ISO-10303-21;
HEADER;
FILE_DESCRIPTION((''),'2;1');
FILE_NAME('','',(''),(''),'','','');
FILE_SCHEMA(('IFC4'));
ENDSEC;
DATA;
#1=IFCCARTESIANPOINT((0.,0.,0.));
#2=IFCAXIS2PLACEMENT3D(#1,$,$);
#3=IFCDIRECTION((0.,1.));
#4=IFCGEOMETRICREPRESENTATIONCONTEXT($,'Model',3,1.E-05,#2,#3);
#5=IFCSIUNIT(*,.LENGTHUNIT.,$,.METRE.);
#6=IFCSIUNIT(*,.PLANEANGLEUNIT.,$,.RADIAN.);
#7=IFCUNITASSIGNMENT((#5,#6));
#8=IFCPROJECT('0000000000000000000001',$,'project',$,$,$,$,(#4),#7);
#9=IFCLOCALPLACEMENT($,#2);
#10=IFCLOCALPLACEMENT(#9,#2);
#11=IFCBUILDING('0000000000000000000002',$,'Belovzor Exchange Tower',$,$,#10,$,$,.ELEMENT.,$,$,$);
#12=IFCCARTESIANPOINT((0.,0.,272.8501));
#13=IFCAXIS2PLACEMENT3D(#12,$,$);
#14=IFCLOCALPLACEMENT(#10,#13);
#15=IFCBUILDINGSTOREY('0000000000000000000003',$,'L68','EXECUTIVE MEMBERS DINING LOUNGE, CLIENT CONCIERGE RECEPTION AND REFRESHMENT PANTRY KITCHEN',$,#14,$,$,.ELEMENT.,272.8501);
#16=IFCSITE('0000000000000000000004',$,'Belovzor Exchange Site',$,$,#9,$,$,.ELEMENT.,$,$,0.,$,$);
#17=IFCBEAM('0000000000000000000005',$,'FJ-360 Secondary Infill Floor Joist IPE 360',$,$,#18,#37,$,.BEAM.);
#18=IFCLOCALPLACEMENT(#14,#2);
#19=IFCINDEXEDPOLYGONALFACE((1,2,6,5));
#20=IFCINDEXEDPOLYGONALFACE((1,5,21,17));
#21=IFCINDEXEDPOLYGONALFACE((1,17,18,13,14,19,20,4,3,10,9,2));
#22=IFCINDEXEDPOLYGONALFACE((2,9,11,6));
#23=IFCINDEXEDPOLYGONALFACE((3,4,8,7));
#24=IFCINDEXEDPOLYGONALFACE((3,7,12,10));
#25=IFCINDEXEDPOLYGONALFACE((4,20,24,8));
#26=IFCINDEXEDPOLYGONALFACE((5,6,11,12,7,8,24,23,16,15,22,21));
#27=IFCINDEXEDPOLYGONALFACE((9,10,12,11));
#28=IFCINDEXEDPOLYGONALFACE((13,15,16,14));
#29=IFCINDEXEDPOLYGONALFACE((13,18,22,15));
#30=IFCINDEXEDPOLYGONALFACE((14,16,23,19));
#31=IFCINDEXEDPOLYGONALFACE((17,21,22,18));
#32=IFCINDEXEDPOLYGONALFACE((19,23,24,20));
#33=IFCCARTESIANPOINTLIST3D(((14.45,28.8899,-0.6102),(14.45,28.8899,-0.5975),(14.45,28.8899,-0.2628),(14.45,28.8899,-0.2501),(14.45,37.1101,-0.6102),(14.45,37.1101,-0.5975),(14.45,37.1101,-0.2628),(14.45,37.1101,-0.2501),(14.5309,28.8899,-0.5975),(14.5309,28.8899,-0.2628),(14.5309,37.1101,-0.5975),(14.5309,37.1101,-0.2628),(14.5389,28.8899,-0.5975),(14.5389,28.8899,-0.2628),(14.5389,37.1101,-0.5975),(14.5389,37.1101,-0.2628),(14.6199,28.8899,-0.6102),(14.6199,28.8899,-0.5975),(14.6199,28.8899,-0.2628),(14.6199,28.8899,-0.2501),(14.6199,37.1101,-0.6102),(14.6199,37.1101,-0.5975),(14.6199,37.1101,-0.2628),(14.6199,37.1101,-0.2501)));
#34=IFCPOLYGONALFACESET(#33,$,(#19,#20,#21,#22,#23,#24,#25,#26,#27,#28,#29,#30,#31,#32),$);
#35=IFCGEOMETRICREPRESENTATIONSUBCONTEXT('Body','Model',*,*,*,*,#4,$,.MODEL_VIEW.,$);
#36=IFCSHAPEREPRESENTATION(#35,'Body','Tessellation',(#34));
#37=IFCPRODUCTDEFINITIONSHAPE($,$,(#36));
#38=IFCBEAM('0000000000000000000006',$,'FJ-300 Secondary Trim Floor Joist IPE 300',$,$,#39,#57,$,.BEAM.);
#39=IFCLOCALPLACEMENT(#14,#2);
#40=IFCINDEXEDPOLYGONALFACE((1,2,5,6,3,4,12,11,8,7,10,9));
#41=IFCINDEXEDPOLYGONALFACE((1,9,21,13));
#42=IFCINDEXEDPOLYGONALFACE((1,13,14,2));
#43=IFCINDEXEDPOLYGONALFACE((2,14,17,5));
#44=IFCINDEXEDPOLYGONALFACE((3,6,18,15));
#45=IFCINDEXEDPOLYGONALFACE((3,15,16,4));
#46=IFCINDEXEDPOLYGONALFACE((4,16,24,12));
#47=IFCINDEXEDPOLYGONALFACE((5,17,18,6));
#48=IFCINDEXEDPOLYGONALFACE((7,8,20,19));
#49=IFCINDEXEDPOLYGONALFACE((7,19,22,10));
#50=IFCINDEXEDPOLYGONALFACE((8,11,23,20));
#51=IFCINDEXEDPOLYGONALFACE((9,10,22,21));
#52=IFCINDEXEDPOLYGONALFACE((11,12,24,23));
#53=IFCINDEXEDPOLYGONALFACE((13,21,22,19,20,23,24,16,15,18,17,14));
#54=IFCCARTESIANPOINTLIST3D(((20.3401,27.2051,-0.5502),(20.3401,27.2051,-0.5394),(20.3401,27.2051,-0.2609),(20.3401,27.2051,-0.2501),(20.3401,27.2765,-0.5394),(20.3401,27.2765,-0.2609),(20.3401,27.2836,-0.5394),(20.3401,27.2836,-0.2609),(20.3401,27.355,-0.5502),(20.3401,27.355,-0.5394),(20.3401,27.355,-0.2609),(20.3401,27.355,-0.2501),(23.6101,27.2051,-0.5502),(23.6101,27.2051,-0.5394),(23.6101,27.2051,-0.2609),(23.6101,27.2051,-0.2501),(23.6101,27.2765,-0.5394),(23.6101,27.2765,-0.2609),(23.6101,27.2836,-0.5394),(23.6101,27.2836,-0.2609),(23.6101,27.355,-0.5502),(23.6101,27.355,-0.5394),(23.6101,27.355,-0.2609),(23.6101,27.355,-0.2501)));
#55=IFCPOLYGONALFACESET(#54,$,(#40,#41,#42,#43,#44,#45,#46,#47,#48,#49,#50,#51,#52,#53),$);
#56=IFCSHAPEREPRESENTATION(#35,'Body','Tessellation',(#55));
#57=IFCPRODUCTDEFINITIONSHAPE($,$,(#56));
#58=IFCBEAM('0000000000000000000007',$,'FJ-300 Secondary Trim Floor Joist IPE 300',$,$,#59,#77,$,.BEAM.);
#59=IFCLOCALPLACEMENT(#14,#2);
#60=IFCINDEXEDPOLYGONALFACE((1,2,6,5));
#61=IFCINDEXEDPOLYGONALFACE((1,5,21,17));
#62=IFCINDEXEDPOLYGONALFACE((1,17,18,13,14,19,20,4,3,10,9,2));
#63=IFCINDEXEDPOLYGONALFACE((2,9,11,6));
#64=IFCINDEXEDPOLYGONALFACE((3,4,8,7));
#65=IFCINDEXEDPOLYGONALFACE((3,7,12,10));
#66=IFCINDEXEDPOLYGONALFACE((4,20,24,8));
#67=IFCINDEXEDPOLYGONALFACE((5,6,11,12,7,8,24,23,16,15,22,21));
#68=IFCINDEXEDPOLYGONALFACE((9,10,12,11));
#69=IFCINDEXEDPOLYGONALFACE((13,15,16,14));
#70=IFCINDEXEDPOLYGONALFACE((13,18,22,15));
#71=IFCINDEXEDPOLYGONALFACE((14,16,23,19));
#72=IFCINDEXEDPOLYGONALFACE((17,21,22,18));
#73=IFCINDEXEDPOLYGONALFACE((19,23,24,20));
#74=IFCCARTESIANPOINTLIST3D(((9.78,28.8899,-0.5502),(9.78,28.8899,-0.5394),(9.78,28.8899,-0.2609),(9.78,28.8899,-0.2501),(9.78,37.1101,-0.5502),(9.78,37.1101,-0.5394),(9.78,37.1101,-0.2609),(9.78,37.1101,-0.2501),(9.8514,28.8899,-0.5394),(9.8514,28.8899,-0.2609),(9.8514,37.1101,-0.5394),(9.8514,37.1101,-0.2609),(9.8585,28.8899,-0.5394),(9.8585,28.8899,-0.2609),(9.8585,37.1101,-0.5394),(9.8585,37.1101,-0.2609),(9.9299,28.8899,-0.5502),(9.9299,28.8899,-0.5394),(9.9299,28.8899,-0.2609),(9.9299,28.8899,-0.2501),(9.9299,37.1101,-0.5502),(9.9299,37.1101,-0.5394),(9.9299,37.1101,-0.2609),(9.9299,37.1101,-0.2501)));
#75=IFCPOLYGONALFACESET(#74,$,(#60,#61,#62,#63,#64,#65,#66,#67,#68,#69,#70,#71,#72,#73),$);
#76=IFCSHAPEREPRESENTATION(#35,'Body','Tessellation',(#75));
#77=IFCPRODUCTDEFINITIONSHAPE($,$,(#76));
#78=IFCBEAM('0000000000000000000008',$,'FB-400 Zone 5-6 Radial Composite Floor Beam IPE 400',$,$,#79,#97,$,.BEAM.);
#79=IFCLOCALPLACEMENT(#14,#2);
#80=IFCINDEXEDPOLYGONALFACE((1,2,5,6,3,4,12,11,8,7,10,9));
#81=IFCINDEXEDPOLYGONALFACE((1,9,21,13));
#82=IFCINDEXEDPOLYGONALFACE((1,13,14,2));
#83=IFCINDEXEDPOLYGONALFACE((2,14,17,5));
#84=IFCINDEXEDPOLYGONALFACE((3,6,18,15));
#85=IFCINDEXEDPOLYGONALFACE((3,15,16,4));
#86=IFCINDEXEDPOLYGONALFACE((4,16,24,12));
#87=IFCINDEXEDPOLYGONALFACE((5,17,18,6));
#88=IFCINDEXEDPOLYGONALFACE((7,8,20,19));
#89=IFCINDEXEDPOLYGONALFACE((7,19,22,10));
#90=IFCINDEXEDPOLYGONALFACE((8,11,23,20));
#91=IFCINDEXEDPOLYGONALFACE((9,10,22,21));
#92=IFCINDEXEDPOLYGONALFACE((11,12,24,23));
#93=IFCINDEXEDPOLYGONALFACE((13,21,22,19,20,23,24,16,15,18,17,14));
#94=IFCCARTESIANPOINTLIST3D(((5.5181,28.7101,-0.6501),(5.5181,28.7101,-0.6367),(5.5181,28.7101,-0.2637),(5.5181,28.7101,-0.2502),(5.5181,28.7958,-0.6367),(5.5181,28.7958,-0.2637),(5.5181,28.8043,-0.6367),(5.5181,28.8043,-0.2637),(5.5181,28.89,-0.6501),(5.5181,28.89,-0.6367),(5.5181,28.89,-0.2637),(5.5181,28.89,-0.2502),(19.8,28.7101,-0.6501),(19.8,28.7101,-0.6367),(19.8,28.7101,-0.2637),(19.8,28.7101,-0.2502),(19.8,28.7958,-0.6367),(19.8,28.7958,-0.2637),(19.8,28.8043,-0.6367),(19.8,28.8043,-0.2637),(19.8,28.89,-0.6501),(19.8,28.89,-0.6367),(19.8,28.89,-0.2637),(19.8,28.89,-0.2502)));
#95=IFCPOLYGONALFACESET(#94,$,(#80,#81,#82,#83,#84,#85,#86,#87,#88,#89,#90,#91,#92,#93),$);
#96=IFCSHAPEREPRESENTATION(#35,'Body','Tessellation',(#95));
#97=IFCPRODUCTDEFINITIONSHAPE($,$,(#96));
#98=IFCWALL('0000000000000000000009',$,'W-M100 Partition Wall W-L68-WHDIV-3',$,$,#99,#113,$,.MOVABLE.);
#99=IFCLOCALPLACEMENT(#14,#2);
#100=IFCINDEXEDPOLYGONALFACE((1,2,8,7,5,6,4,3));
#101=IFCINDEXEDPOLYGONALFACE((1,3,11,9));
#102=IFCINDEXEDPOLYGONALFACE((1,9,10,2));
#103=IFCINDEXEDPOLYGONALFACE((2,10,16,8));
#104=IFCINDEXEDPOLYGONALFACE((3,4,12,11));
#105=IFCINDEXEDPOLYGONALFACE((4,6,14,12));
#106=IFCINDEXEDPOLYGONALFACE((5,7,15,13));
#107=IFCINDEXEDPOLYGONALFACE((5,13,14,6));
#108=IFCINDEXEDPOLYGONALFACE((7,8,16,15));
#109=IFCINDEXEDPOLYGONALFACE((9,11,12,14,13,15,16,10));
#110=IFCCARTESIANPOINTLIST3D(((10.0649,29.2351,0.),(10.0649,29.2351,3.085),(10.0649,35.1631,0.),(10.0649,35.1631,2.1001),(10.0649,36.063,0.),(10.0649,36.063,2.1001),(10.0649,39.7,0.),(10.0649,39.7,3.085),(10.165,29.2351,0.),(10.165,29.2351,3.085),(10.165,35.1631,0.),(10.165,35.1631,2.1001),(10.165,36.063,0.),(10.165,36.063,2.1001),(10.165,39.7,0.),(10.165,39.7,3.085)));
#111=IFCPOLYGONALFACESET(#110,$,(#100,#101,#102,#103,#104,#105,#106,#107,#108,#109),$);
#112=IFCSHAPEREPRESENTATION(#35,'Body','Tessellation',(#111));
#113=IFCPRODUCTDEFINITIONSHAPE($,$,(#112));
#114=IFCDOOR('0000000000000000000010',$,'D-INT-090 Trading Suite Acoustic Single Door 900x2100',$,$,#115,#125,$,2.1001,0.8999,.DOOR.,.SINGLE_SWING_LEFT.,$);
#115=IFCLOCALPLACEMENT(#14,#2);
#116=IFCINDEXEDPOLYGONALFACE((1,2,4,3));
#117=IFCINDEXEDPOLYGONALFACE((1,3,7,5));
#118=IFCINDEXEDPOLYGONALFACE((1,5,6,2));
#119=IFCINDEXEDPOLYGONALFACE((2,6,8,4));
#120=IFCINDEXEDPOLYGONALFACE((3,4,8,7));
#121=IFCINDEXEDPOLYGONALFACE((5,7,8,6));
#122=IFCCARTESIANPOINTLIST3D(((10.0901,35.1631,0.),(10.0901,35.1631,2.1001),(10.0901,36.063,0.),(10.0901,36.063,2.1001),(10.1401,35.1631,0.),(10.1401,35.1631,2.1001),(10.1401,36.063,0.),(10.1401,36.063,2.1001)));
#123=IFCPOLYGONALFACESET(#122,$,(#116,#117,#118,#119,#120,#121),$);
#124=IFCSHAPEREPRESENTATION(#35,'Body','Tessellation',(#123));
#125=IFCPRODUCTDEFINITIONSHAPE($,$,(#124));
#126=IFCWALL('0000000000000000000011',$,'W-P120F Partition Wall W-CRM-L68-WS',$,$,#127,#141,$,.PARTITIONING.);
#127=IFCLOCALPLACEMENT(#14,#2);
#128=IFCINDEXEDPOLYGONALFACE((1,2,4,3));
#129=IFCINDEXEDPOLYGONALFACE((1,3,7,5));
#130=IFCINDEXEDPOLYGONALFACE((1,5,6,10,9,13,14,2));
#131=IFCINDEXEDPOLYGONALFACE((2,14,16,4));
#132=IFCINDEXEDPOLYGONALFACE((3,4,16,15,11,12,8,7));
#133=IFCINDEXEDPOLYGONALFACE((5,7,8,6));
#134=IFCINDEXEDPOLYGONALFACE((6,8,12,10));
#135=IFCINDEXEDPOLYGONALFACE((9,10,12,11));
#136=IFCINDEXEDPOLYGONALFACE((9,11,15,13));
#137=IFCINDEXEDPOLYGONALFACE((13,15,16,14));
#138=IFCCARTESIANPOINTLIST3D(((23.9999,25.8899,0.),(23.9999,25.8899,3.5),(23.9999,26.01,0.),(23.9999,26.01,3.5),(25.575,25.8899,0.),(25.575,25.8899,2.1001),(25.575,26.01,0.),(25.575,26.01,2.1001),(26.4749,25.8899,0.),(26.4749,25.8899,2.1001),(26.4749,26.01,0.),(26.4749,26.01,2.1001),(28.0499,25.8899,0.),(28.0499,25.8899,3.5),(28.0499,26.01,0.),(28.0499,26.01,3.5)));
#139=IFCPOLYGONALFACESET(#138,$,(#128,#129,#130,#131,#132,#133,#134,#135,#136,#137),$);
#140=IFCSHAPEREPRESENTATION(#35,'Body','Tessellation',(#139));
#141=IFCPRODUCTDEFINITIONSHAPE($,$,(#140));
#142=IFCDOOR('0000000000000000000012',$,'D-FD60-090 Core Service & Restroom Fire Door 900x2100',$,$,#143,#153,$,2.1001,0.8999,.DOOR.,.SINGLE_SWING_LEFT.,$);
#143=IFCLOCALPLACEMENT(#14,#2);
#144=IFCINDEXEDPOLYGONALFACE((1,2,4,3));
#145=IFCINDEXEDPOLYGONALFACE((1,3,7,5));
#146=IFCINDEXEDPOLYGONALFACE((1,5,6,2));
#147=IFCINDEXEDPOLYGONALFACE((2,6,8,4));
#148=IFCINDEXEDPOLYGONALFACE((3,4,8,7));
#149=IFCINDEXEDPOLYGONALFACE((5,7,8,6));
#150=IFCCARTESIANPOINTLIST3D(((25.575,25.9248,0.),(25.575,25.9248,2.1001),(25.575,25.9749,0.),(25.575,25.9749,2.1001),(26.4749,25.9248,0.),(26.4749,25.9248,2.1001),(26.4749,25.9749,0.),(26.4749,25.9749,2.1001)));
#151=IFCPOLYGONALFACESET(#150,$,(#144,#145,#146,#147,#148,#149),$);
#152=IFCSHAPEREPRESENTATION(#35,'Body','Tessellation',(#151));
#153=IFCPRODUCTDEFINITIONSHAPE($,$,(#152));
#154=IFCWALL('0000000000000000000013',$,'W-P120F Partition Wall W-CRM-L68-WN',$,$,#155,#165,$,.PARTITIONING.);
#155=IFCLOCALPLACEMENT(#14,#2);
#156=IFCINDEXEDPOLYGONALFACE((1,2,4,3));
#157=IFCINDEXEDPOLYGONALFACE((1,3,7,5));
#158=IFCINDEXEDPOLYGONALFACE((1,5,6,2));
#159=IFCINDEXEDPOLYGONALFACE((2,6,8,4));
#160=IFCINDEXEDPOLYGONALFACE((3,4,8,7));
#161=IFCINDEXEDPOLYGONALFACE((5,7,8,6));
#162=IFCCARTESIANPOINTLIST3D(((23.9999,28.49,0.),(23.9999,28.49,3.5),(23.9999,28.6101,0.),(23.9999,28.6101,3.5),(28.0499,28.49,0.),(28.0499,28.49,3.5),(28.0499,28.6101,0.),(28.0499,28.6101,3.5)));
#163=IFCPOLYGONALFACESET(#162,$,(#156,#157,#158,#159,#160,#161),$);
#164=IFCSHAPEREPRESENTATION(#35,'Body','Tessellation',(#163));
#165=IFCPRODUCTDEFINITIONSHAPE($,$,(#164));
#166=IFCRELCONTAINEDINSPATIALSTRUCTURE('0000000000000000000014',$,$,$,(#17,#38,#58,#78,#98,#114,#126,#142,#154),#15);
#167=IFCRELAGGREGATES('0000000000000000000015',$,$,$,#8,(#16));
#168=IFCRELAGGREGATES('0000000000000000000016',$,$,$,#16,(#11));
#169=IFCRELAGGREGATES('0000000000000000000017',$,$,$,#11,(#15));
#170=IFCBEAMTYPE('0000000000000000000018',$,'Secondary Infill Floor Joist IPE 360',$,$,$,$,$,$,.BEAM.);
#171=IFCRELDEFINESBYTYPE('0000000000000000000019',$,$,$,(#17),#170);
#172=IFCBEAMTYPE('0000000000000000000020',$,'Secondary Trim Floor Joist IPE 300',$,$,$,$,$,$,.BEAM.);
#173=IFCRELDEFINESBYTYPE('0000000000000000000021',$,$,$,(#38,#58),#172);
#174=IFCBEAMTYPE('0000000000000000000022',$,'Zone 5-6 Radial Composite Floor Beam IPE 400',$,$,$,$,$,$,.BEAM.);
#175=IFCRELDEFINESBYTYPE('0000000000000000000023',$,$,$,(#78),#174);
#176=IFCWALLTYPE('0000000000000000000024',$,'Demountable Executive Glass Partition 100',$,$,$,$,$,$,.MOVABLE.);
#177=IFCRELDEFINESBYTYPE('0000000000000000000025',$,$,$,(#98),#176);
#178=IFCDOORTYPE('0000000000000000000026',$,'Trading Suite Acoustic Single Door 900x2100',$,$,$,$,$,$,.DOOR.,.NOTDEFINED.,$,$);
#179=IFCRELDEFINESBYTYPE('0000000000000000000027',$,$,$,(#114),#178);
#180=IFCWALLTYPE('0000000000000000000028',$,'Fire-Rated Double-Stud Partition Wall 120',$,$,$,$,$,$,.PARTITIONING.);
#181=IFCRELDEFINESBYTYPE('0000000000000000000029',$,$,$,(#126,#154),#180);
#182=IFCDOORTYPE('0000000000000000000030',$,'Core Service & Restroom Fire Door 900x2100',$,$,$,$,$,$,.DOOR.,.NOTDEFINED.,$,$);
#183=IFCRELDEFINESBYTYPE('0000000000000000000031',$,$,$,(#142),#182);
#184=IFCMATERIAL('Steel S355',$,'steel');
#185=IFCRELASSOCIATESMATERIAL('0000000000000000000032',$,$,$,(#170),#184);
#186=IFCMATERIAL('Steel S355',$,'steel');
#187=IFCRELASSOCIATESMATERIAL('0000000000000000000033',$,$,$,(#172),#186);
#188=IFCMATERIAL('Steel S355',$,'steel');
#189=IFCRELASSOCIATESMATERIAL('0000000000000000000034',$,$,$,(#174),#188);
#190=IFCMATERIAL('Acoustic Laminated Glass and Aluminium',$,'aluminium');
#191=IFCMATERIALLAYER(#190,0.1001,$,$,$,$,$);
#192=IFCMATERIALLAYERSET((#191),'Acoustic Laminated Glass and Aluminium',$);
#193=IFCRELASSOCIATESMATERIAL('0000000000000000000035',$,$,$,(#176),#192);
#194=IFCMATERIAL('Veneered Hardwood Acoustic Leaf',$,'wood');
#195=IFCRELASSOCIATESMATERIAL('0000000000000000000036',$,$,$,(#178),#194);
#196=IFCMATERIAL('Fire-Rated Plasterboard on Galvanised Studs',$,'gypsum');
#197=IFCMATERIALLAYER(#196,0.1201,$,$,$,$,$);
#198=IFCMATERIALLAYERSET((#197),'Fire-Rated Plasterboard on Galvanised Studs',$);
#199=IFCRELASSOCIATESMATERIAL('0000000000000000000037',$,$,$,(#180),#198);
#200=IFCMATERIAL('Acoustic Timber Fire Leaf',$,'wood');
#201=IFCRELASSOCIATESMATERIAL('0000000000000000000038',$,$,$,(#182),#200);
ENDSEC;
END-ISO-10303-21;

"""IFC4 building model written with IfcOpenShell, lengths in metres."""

from ifc_helpers import new_model, si_unit, direction, frame, frame_2d, origin, origin_2d, place, context, subcontext, project, spatial, rectangle, i_section, extrude, material, layer, layer_set, material_profile, profile_set, type_object, element, fill, save


model = new_model("IFC4")

# Units and contexts
model_context = context("Model", 3, precision=1e-05, world=origin(), true_north=direction((0.0, 1.0)))
body_context = subcontext(model_context, "Body", "Model", "MODEL_VIEW")
ifc_project = project(units=[si_unit("LENGTHUNIT", "METRE"), si_unit("PLANEANGLEUNIT", "RADIAN")], contexts=[model_context])

# Site, building, storey
site_placement = place(None, origin())
site = spatial("IfcSite", under=ifc_project, at=site_placement, Name="Belovzor Exchange Site", CompositionType="ELEMENT", RefElevation=0.0)
building_placement = place(site_placement, origin())
building = spatial("IfcBuilding", under=site, at=building_placement, Name="Belovzor Exchange Tower", CompositionType="ELEMENT")
storey_placement = place(building_placement, frame((0.0, 0.0, 272.8501)))
storey = spatial("IfcBuildingStorey", under=building, at=storey_placement, Name="L68", Description="EXECUTIVE MEMBERS DINING LOUNGE, CLIENT CONCIERGE RECEPTION AND REFRESHMENT PANTRY KITCHEN", CompositionType="ELEMENT", Elevation=272.8501)

# Beams
ifc_material_1 = material(Name="Steel S355", Category="steel")
ifc_material_profile_1 = material_profile(ifc_material_1, i_section(OverallWidth=0.1699, OverallDepth=0.3601, WebThickness=0.0081, FlangeThickness=0.0127, at=origin_2d()))
ifc_profile_set_1 = profile_set([ifc_material_profile_1], Name="Steel S355")
beam_type_1 = type_object("IfcBeamType", Name="Secondary Infill Floor Joist IPE 360", PredefinedType="BEAM", material=ifc_profile_set_1)
beam_1_placement = place(storey_placement, frame((14.5349, 28.8899, -0.4302), z_axis=(0.0, 1.0, 0.0), x_axis=(-1.0, 0.0, 0.0)))
element("IfcBeam", 1, at=beam_1_placement, inside=storey, type_object=beam_type_1, Name="FJ-360 Secondary Infill Floor Joist IPE 360", PredefinedType="BEAM", context=body_context, shape_type="SweptSolid", body=[
    extrude(i_section(OverallWidth=0.1699, OverallDepth=0.3601, WebThickness=0.0081, FlangeThickness=0.0127, at=origin_2d()), origin(), (0.0, 0.0, 1.0), 8.2202),
])
ifc_material_2 = material(Name="Steel S355", Category="steel")
ifc_material_profile_2 = material_profile(ifc_material_2, i_section(OverallWidth=0.1499, OverallDepth=0.3, WebThickness=0.0071, FlangeThickness=0.0107, at=origin_2d()))
ifc_profile_set_2 = profile_set([ifc_material_profile_2], Name="Steel S355")
beam_type_2 = type_object("IfcBeamType", Name="Secondary Trim Floor Joist IPE 300", PredefinedType="BEAM", material=ifc_profile_set_2)
beam_2_placement = place(storey_placement, frame((20.3401, 27.28, -0.4001), z_axis=(1.0, 0.0, 0.0), x_axis=(0.0, 1.0, 0.0)))
element("IfcBeam", 2, at=beam_2_placement, inside=storey, type_object=beam_type_2, Name="FJ-300 Secondary Trim Floor Joist IPE 300", PredefinedType="BEAM", context=body_context, shape_type="SweptSolid", body=[
    extrude(i_section(OverallWidth=0.1499, OverallDepth=0.3, WebThickness=0.0071, FlangeThickness=0.0107, at=origin_2d()), origin(), (0.0, 0.0, 1.0), 3.27),
])
beam_3_placement = place(storey_placement, frame((9.855, 28.8899, -0.4001), z_axis=(0.0, 1.0, 0.0), x_axis=(-1.0, 0.0, 0.0)))
element("IfcBeam", 3, at=beam_3_placement, inside=storey, type_object=beam_type_2, Name="FJ-300 Secondary Trim Floor Joist IPE 300", PredefinedType="BEAM", context=body_context, shape_type="SweptSolid", body=[
    extrude(i_section(OverallWidth=0.1499, OverallDepth=0.3, WebThickness=0.0071, FlangeThickness=0.0107, at=origin_2d()), origin(), (0.0, 0.0, 1.0), 8.2202),
])
ifc_material_3 = material(Name="Steel S355", Category="steel")
ifc_material_profile_3 = material_profile(ifc_material_3, i_section(OverallWidth=0.1799, OverallDepth=0.3999, WebThickness=0.0085, FlangeThickness=0.0134, at=origin_2d()))
ifc_profile_set_3 = profile_set([ifc_material_profile_3], Name="Steel S355")
beam_type_3 = type_object("IfcBeamType", Name="Zone 5-6 Radial Composite Floor Beam IPE 400", PredefinedType="BEAM", material=ifc_profile_set_3)
beam_4_placement = place(storey_placement, frame((19.8, 28.8, -0.4502), z_axis=(-1.0, 0.0, 0.0), x_axis=(0.0, -1.0, 0.0)))
element("IfcBeam", 4, at=beam_4_placement, inside=storey, type_object=beam_type_3, Name="FB-400 Zone 5-6 Radial Composite Floor Beam IPE 400", PredefinedType="BEAM", context=body_context, shape_type="SweptSolid", body=[
    extrude(i_section(OverallWidth=0.1799, OverallDepth=0.3999, WebThickness=0.0085, FlangeThickness=0.0134, at=origin_2d()), origin(), (0.0, 0.0, 1.0), 14.282),
])

# Walls, openings, doors
ifc_material_4 = material(Name="Acoustic Laminated Glass and Aluminium", Category="aluminium")
ifc_layer_1 = layer(ifc_material_4, 0.1001)
ifc_layer_set_1 = layer_set([ifc_layer_1], Name="Acoustic Laminated Glass and Aluminium")
wall_type_1 = type_object("IfcWallType", Name="Demountable Executive Glass Partition 100", PredefinedType="MOVABLE", material=ifc_layer_set_1)
wall_1_placement = place(storey_placement, frame((10.115, 29.2351, 0.0), z_axis=(0.0, 0.0, 1.0), x_axis=(0.0, 1.0, 0.0)))
wall_1 = element("IfcWall", 5, at=wall_1_placement, inside=storey, type_object=wall_type_1, Name="W-M100 Partition Wall W-L68-WHDIV-3", PredefinedType="MOVABLE", context=body_context, shape_type="SweptSolid", body=[
    extrude(rectangle(XDim=10.4648, YDim=0.1001, at=frame_2d((5.2324, 0.0))), origin(), (0.0, 0.0, 1.0), 3.085),
])
opening_1_placement = place(wall_1_placement, frame((5.928, 0.0, 0.0)))
opening_1 = element("IfcOpeningElement", 6, at=opening_1_placement, cuts=wall_1, PredefinedType="OPENING", context=body_context, shape_type="SweptSolid", body=[
    extrude(rectangle(XDim=0.8999, YDim=2.1001, at=frame_2d((0.45, 1.05))), frame((0.0, 0.0601, 0.0), z_axis=(0.0, -1.0, 0.0), x_axis=(1.0, 0.0, 0.0)), (0.0, 0.0, 1.0), 0.1201),
])
ifc_material_5 = material(Name="Veneered Hardwood Acoustic Leaf", Category="wood")
door_type_1 = type_object("IfcDoorType", Name="Trading Suite Acoustic Single Door 900x2100", OperationType="NOTDEFINED", PredefinedType="DOOR", material=ifc_material_5)
door_1_placement = place(opening_1_placement, origin())
door_1 = element("IfcDoor", 7, at=door_1_placement, inside=storey, type_object=door_type_1, Name="D-INT-090 Trading Suite Acoustic Single Door 900x2100", OperationType="SINGLE_SWING_LEFT", OverallHeight=2.1001, OverallWidth=0.8999, PredefinedType="DOOR", context=body_context, shape_type="SweptSolid", body=[
    extrude(rectangle(XDim=0.8999, YDim=2.1001, at=frame_2d((0.45, 1.05))), frame((0.0, 0.0249, 0.0), z_axis=(0.0, -1.0, 0.0), x_axis=(1.0, 0.0, 0.0)), (0.0, 0.0, 1.0), 0.05),
])
fill(opening_1, door_1)
ifc_material_6 = material(Name="Fire-Rated Plasterboard on Galvanised Studs", Category="gypsum")
ifc_layer_2 = layer(ifc_material_6, 0.1201)
ifc_layer_set_2 = layer_set([ifc_layer_2], Name="Fire-Rated Plasterboard on Galvanised Studs")
wall_type_2 = type_object("IfcWallType", Name="Fire-Rated Double-Stud Partition Wall 120", PredefinedType="PARTITIONING", material=ifc_layer_set_2)
wall_2_placement = place(storey_placement, frame((24.0, 25.95, 0.0), z_axis=(0.0, 0.0, 1.0), x_axis=(1.0, 0.0, 0.0)))
wall_2 = element("IfcWall", 8, at=wall_2_placement, inside=storey, type_object=wall_type_2, Name="W-P120F Partition Wall W-CRM-L68-WS", PredefinedType="PARTITIONING", context=body_context, shape_type="SweptSolid", body=[
    extrude(rectangle(XDim=4.05, YDim=0.1201, at=frame_2d((2.0249, 0.0))), origin(), (0.0, 0.0, 1.0), 3.5),
])
opening_2_placement = place(wall_2_placement, frame((1.575, 0.0, 0.0)))
opening_2 = element("IfcOpeningElement", 9, at=opening_2_placement, cuts=wall_2, PredefinedType="OPENING", context=body_context, shape_type="SweptSolid", body=[
    extrude(rectangle(XDim=0.8999, YDim=2.1001, at=frame_2d((0.45, 1.05))), frame((0.0, 0.0701, 0.0), z_axis=(0.0, -1.0, 0.0), x_axis=(1.0, 0.0, 0.0)), (0.0, 0.0, 1.0), 0.1401),
])
ifc_material_7 = material(Name="Acoustic Timber Fire Leaf", Category="wood")
door_type_2 = type_object("IfcDoorType", Name="Core Service & Restroom Fire Door 900x2100", OperationType="NOTDEFINED", PredefinedType="DOOR", material=ifc_material_7)
door_2_placement = place(opening_2_placement, origin())
door_2 = element("IfcDoor", 10, at=door_2_placement, inside=storey, type_object=door_type_2, Name="D-FD60-090 Core Service & Restroom Fire Door 900x2100", OperationType="SINGLE_SWING_LEFT", OverallHeight=2.1001, OverallWidth=0.8999, PredefinedType="DOOR", context=body_context, shape_type="SweptSolid", body=[
    extrude(rectangle(XDim=0.8999, YDim=2.1001, at=frame_2d((0.45, 1.05))), frame((0.0, 0.0249, 0.0), z_axis=(0.0, -1.0, 0.0), x_axis=(1.0, 0.0, 0.0)), (0.0, 0.0, 1.0), 0.05),
])
fill(opening_2, door_2)

# Wall
wall_3_placement = place(storey_placement, frame((24.0, 28.55, 0.0), z_axis=(0.0, 0.0, 1.0), x_axis=(1.0, 0.0, 0.0)))
element("IfcWall", 11, at=wall_3_placement, inside=storey, type_object=wall_type_2, Name="W-P120F Partition Wall W-CRM-L68-WN", PredefinedType="PARTITIONING", context=body_context, shape_type="SweptSolid", body=[
    extrude(rectangle(XDim=4.05, YDim=0.1201, at=frame_2d((2.0249, 0.0))), origin(), (0.0, 0.0, 1.0), 3.5),
])

save(model, "model.ifc")
